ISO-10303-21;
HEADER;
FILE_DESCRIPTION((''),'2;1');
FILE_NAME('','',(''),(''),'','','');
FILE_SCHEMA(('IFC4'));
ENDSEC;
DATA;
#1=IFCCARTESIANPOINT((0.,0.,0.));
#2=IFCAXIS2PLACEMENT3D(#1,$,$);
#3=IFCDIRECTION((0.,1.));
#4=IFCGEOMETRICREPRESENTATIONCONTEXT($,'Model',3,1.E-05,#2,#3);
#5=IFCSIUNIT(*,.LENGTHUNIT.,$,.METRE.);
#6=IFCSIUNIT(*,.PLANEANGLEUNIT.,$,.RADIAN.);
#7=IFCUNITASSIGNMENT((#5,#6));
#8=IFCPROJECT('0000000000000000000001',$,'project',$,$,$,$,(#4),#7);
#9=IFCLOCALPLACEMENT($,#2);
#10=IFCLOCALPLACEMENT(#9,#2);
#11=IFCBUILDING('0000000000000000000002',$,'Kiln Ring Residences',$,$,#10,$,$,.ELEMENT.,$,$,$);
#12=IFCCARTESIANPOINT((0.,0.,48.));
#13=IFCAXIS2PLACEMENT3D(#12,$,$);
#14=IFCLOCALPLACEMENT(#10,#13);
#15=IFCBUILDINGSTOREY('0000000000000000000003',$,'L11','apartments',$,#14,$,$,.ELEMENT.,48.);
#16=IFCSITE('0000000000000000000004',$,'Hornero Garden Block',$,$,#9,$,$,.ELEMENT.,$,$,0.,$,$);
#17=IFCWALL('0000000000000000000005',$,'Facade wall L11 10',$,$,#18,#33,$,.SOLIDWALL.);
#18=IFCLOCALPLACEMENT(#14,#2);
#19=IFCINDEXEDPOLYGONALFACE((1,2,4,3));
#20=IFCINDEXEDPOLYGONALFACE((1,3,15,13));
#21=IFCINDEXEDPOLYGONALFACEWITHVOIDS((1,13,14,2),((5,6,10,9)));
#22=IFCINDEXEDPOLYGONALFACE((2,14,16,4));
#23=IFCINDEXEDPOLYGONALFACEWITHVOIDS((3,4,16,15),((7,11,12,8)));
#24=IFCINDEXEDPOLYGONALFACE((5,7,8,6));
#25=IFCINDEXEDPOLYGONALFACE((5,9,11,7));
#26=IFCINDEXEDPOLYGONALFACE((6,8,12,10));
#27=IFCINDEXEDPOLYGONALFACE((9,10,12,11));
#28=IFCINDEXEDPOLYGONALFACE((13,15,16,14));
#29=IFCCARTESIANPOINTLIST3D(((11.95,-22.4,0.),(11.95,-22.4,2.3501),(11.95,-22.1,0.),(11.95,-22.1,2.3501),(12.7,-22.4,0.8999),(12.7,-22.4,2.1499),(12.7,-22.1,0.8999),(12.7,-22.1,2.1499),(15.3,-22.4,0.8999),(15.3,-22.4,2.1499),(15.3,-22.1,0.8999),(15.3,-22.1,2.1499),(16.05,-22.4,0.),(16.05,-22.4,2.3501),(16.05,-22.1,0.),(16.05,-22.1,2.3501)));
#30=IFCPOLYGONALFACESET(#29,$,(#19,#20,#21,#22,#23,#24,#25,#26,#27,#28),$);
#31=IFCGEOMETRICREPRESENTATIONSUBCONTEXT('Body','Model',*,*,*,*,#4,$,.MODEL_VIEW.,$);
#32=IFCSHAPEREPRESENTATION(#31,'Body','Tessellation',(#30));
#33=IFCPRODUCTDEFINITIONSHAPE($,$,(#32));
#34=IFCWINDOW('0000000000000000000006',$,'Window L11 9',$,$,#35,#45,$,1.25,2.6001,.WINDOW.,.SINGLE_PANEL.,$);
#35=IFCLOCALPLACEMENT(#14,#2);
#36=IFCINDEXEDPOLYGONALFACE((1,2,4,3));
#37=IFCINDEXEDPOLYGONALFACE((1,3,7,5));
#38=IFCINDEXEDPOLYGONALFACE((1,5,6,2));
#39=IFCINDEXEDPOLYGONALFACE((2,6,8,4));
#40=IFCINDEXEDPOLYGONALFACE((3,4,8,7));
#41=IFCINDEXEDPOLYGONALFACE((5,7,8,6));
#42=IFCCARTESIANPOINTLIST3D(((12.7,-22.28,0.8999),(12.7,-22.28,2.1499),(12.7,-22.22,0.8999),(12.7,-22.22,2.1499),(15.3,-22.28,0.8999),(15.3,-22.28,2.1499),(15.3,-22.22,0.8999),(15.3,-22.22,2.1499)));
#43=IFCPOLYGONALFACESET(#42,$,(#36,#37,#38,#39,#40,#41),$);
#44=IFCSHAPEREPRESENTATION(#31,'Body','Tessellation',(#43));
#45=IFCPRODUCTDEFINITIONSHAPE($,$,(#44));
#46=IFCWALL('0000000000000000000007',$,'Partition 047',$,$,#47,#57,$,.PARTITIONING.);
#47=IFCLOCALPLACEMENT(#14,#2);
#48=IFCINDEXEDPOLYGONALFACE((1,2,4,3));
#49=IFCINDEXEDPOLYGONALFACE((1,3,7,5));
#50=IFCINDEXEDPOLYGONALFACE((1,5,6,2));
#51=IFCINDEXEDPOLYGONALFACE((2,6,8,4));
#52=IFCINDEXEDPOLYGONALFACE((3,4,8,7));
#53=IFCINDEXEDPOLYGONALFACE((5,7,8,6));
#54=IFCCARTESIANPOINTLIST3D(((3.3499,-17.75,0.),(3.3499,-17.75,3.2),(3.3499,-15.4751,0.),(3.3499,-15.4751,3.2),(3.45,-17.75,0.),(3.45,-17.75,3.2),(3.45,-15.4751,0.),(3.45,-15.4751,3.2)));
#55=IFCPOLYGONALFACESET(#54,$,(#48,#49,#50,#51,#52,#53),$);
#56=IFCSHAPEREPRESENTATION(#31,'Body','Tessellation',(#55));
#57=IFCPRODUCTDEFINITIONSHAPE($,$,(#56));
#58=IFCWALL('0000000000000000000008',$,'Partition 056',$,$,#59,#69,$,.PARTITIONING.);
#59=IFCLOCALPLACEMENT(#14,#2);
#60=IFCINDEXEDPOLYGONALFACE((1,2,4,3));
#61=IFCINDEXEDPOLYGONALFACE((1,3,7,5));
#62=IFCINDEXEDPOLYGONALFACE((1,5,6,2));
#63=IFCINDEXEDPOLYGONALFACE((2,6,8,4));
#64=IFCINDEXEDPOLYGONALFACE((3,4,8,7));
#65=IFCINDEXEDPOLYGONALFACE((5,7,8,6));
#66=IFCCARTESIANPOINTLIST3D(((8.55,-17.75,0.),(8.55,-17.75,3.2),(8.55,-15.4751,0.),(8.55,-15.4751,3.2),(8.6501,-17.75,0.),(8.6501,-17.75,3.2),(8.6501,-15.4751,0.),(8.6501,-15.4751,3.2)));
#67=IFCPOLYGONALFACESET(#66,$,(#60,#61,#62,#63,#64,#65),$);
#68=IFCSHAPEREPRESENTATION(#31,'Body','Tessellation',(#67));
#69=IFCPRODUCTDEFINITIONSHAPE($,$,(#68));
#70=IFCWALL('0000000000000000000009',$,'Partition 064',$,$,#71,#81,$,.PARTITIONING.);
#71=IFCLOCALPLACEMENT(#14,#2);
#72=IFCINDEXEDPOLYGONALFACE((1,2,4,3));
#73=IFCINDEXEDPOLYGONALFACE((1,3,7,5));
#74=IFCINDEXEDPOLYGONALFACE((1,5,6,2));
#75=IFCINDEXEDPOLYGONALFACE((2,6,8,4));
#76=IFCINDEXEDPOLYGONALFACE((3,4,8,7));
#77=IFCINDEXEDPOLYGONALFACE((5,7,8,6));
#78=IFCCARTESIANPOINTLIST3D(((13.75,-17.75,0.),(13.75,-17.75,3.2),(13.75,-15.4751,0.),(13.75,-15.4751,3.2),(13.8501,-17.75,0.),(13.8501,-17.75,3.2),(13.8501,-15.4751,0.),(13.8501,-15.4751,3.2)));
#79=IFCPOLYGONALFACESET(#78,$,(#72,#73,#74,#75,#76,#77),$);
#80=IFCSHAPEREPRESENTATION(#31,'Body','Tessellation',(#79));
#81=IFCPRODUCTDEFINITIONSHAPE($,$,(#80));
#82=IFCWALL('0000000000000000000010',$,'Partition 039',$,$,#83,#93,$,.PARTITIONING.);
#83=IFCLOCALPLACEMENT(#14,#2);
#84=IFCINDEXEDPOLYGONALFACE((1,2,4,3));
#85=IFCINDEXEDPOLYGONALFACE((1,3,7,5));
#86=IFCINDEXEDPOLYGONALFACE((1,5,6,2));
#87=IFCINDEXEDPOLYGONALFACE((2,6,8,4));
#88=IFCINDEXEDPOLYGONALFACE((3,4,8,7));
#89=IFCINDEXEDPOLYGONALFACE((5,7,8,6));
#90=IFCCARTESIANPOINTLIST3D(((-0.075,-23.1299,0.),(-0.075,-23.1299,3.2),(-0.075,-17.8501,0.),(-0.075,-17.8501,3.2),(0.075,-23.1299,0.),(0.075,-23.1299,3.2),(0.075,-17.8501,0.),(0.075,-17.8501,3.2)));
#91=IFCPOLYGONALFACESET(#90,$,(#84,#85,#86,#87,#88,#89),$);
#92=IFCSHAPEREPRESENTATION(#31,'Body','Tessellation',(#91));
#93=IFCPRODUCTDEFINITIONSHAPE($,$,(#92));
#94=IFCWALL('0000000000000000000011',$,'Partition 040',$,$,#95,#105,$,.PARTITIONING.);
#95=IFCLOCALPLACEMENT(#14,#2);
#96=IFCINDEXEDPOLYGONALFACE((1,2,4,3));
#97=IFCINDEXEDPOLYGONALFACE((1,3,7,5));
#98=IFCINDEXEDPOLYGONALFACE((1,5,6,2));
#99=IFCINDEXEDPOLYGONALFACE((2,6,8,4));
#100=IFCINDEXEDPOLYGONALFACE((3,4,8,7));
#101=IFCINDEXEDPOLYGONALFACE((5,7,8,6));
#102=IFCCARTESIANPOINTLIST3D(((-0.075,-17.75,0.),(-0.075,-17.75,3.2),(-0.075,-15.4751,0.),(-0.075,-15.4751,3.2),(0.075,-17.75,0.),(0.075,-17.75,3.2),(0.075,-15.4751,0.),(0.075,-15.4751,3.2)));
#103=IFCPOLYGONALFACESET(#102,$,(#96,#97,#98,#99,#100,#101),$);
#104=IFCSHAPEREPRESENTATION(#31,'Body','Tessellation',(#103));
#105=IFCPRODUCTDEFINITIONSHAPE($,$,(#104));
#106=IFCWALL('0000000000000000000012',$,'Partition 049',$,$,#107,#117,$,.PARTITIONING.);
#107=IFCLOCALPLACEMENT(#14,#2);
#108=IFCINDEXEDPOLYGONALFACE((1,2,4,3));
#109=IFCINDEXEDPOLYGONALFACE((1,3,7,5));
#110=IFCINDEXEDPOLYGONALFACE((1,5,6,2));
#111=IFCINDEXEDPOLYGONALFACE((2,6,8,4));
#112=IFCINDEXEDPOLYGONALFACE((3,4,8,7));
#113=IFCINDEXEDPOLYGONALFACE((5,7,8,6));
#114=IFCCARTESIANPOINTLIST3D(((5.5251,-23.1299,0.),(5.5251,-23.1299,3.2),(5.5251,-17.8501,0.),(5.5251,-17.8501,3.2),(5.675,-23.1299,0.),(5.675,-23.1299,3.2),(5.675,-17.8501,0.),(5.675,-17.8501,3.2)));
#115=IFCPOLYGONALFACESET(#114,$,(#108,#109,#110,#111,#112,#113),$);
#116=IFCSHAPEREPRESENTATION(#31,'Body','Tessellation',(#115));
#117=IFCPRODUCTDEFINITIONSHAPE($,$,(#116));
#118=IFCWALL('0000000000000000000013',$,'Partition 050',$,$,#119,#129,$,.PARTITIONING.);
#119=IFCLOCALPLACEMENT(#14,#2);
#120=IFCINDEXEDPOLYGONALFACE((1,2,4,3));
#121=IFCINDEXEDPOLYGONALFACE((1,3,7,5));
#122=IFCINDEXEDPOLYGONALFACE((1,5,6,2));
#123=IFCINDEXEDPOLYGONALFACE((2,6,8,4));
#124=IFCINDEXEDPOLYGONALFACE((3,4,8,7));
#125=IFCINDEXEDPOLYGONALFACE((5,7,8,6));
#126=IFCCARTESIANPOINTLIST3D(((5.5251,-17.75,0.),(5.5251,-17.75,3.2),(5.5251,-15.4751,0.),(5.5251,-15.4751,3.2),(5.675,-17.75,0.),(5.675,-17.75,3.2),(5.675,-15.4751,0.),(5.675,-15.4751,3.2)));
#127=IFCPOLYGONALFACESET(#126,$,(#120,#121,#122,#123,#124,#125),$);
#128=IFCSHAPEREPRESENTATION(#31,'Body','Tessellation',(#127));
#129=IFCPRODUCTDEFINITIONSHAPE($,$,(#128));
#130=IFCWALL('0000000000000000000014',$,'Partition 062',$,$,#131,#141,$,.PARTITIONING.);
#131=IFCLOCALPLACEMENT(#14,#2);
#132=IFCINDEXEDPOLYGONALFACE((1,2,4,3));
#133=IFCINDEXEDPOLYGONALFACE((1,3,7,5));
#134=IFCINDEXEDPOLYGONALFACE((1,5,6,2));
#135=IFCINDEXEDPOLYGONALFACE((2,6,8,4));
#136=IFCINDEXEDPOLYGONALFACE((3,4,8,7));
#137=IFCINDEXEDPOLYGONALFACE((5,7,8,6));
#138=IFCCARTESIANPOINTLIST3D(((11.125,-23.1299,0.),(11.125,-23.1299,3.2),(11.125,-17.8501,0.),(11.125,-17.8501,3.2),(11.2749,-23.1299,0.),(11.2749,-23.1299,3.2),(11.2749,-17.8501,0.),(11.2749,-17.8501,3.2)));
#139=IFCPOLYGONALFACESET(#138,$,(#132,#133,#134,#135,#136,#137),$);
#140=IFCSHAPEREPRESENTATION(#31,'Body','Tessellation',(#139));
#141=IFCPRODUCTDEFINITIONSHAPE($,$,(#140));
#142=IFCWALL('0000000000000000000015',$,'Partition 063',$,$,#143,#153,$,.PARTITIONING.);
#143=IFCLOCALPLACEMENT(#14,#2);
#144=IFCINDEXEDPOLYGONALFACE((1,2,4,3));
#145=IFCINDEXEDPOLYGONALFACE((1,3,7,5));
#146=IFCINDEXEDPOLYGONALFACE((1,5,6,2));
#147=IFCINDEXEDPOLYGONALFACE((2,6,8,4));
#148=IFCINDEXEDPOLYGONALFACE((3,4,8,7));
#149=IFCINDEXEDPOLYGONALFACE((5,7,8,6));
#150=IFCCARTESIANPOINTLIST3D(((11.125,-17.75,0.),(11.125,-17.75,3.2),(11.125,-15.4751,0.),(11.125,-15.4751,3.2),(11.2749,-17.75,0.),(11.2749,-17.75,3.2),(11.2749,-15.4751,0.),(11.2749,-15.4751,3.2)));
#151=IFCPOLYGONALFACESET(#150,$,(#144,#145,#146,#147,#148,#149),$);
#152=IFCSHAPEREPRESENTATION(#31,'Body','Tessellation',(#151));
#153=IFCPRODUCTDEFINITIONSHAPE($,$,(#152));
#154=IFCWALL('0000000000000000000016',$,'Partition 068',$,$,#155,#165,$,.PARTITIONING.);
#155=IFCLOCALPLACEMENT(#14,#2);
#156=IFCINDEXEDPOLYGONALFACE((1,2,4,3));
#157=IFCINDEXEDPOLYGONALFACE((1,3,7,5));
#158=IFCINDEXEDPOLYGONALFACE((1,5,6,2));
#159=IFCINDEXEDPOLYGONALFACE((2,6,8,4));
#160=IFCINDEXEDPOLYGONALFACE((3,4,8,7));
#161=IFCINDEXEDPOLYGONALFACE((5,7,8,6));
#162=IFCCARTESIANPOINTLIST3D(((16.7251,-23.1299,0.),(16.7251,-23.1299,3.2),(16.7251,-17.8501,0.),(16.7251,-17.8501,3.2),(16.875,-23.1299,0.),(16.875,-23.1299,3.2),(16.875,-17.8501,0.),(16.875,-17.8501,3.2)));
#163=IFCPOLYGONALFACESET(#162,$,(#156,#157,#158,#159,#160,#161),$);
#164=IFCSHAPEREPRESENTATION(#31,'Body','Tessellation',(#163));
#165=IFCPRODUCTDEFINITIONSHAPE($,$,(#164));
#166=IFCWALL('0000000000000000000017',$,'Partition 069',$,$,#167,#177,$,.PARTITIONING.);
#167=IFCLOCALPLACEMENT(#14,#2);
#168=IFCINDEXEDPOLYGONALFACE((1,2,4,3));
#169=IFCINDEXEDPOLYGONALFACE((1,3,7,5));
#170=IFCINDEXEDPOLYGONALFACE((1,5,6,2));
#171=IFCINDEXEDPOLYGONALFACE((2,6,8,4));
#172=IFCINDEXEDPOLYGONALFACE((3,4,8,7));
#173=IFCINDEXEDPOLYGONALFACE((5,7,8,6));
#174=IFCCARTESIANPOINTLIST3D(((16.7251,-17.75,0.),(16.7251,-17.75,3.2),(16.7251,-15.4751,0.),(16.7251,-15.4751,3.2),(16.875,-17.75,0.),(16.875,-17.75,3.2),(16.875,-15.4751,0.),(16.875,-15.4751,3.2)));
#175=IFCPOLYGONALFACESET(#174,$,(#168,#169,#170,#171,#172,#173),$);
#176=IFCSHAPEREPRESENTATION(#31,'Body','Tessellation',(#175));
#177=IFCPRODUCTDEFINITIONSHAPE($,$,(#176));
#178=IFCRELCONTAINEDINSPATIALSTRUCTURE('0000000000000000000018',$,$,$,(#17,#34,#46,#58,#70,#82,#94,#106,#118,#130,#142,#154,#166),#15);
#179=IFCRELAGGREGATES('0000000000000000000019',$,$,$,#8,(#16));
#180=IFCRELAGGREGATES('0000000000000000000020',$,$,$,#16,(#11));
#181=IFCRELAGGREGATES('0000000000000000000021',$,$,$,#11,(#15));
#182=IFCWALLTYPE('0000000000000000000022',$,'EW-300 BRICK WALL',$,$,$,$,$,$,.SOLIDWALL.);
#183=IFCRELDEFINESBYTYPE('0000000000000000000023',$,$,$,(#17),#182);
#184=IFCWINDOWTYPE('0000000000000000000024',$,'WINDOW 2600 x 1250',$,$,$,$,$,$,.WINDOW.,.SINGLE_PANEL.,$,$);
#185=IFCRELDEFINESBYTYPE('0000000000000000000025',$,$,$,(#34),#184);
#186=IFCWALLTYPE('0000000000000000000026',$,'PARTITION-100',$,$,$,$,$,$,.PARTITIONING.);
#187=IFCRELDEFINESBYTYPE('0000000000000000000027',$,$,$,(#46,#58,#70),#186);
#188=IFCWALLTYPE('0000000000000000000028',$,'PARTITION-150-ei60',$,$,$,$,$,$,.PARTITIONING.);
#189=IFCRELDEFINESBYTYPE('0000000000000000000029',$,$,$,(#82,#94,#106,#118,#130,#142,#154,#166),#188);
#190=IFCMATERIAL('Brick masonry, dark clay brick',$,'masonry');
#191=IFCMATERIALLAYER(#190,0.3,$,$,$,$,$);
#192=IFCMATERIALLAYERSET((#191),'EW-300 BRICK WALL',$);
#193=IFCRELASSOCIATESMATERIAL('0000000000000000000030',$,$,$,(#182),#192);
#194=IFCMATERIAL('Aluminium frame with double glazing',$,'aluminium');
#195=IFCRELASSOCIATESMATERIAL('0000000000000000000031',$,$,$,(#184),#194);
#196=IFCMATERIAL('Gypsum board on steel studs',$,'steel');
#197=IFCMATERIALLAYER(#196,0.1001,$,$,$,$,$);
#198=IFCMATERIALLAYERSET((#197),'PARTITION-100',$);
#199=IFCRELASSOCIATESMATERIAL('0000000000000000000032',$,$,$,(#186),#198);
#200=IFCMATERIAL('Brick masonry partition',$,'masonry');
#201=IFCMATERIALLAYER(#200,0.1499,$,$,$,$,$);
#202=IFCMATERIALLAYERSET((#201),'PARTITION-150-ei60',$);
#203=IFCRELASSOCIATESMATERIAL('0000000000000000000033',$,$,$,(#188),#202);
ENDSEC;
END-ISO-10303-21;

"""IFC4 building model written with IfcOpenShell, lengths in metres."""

from ifc_helpers import new_model, si_unit, direction, frame, frame_2d, origin, place, context, subcontext, project, spatial, rectangle, extrude, material, layer, layer_set, type_object, element, fill, save


model = new_model("IFC4")

# Units and contexts
model_context = context("Model", 3, precision=1e-05, world=origin(), true_north=direction((0.0, 1.0)))
body_context = subcontext(model_context, "Body", "Model", "MODEL_VIEW")
ifc_project = project(units=[si_unit("LENGTHUNIT", "METRE"), si_unit("PLANEANGLEUNIT", "RADIAN")], contexts=[model_context])

# Site, building, storey
site_placement = place(None, origin())
site = spatial("IfcSite", under=ifc_project, at=site_placement, Name="Hornero Garden Block", CompositionType="ELEMENT", RefElevation=0.0)
building_placement = place(site_placement, origin())
building = spatial("IfcBuilding", under=site, at=building_placement, Name="Kiln Ring Residences", CompositionType="ELEMENT")
storey_placement = place(building_placement, frame((0.0, 0.0, 48.0)))
storey = spatial("IfcBuildingStorey", under=building, at=storey_placement, Name="L11", Description="apartments", CompositionType="ELEMENT", Elevation=48.0)

# Wall, opening, window
ifc_material_1 = material(Name="Brick masonry, dark clay brick", Category="masonry")
ifc_layer_1 = layer(ifc_material_1, 0.3)
ifc_layer_set_1 = layer_set([ifc_layer_1], Name="EW-300 BRICK WALL")
wall_type_1 = type_object("IfcWallType", Name="EW-300 BRICK WALL", PredefinedType="SOLIDWALL", material=ifc_layer_set_1)
ifc_material_2 = material(Name="Aluminium frame with double glazing", Category="aluminium")
window_type_1 = type_object("IfcWindowType", Name="WINDOW 2600 x 1250", PartitioningType="SINGLE_PANEL", PredefinedType="WINDOW", material=ifc_material_2)
wall_1_placement = place(storey_placement, frame((11.95, -22.25, 0.0), z_axis=(0.0, 0.0, 1.0), x_axis=(1.0, 0.0, 0.0)))
wall_1 = element("IfcWall", 1, at=wall_1_placement, inside=storey, type_object=wall_type_1, Name="Facade wall L11 10", PredefinedType="SOLIDWALL", context=body_context, shape_type="SweptSolid", body=[
    extrude(rectangle(XDim=4.1001, YDim=0.3, at=frame_2d((2.05, 0.0))), origin(), (0.0, 0.0, 1.0), 2.3501),
])
opening_1_placement = place(wall_1_placement, frame((0.75, 0.0, 0.8999)))
opening_1 = element("IfcOpeningElement", 2, at=opening_1_placement, cuts=wall_1, PredefinedType="OPENING", context=body_context, shape_type="SweptSolid", body=[
    extrude(rectangle(XDim=2.6001, YDim=1.25, at=frame_2d((1.3, 0.625))), frame((0.0, 0.1599, 0.0), z_axis=(0.0, -1.0, 0.0), x_axis=(1.0, 0.0, 0.0)), (0.0, 0.0, 1.0), 0.3201),
])
window_1_placement = place(opening_1_placement, origin())
window_1 = element("IfcWindow", 3, at=window_1_placement, inside=storey, type_object=window_type_1, Name="Window L11 9", OverallHeight=1.25, OverallWidth=2.6001, PartitioningType="SINGLE_PANEL", PredefinedType="WINDOW", context=body_context, shape_type="SweptSolid", body=[
    extrude(rectangle(XDim=2.6001, YDim=1.25, at=frame_2d((1.3, 0.625))), frame((0.0, 0.03, 0.0), z_axis=(0.0, -1.0, 0.0), x_axis=(1.0, 0.0, 0.0)), (0.0, 0.0, 1.0), 0.0601),
])
fill(opening_1, window_1)

# Walls
ifc_material_3 = material(Name="Gypsum board on steel studs", Category="steel")
ifc_layer_2 = layer(ifc_material_3, 0.1001)
ifc_layer_set_2 = layer_set([ifc_layer_2], Name="PARTITION-100")
wall_type_2 = type_object("IfcWallType", Name="PARTITION-100", PredefinedType="PARTITIONING", material=ifc_layer_set_2)
for number, where, z_axis, x_axis, name in (
    (4, (3.3999, -17.75, 0.0), (0.0, 0.0, 1.0), (0.0, 1.0, 0.0), "Partition 047"),
    (5, (8.6001, -17.75, 0.0), (0.0, 0.0, 1.0), (0.0, 1.0, 0.0), "Partition 056"),
    (6, (13.8, -17.75, 0.0), (0.0, 0.0, 1.0), (0.0, 1.0, 0.0), "Partition 064"),
):
    element("IfcWall", number, at=place(storey_placement, frame(where, z_axis=z_axis, x_axis=x_axis)), inside=storey, type_object=wall_type_2, Name=name, PredefinedType="PARTITIONING", context=body_context, shape_type="SweptSolid", body=[
        extrude(rectangle(XDim=2.2749, YDim=0.1001, at=frame_2d((1.1375, 0.0))), origin(), (0.0, 0.0, 1.0), 3.2),
    ])
ifc_material_4 = material(Name="Brick masonry partition", Category="masonry")
ifc_layer_3 = layer(ifc_material_4, 0.1499)
ifc_layer_set_3 = layer_set([ifc_layer_3], Name="PARTITION-150-ei60")
wall_type_3 = type_object("IfcWallType", Name="PARTITION-150-ei60", PredefinedType="PARTITIONING", material=ifc_layer_set_3)
wall_2_placement = place(storey_placement, frame((0.0, -23.1299, 0.0), z_axis=(0.0, 0.0, 1.0), x_axis=(0.0, 1.0, 0.0)))
element("IfcWall", 7, at=wall_2_placement, inside=storey, type_object=wall_type_3, Name="Partition 039", PredefinedType="PARTITIONING", context=body_context, shape_type="SweptSolid", body=[
    extrude(rectangle(XDim=5.2798, YDim=0.1499, at=frame_2d((2.6399, 0.0))), origin(), (0.0, 0.0, 1.0), 3.2),
])
wall_3_placement = place(storey_placement, frame((0.0, -17.75, 0.0), z_axis=(0.0, 0.0, 1.0), x_axis=(0.0, 1.0, 0.0)))
element("IfcWall", 8, at=wall_3_placement, inside=storey, type_object=wall_type_3, Name="Partition 040", PredefinedType="PARTITIONING", context=body_context, shape_type="SweptSolid", body=[
    extrude(rectangle(XDim=2.2749, YDim=0.1499, at=frame_2d((1.1375, 0.0))), origin(), (0.0, 0.0, 1.0), 3.2),
])
wall_4_placement = place(storey_placement, frame((5.6001, -23.1299, 0.0), z_axis=(0.0, 0.0, 1.0), x_axis=(0.0, 1.0, 0.0)))
element("IfcWall", 9, at=wall_4_placement, inside=storey, type_object=wall_type_3, Name="Partition 049", PredefinedType="PARTITIONING", context=body_context, shape_type="SweptSolid", body=[
    extrude(rectangle(XDim=5.2798, YDim=0.1499, at=frame_2d((2.6399, 0.0))), origin(), (0.0, 0.0, 1.0), 3.2),
])
wall_5_placement = place(storey_placement, frame((5.6001, -17.75, 0.0), z_axis=(0.0, 0.0, 1.0), x_axis=(0.0, 1.0, 0.0)))
element("IfcWall", 10, at=wall_5_placement, inside=storey, type_object=wall_type_3, Name="Partition 050", PredefinedType="PARTITIONING", context=body_context, shape_type="SweptSolid", body=[
    extrude(rectangle(XDim=2.2749, YDim=0.1499, at=frame_2d((1.1375, 0.0))), origin(), (0.0, 0.0, 1.0), 3.2),
])
wall_6_placement = place(storey_placement, frame((11.2, -23.1299, 0.0), z_axis=(0.0, 0.0, 1.0), x_axis=(0.0, 1.0, 0.0)))
element("IfcWall", 11, at=wall_6_placement, inside=storey, type_object=wall_type_3, Name="Partition 062", PredefinedType="PARTITIONING", context=body_context, shape_type="SweptSolid", body=[
    extrude(rectangle(XDim=5.2798, YDim=0.1499, at=frame_2d((2.6399, 0.0))), origin(), (0.0, 0.0, 1.0), 3.2),
])
wall_7_placement = place(storey_placement, frame((11.2, -17.75, 0.0), z_axis=(0.0, 0.0, 1.0), x_axis=(0.0, 1.0, 0.0)))
element("IfcWall", 12, at=wall_7_placement, inside=storey, type_object=wall_type_3, Name="Partition 063", PredefinedType="PARTITIONING", context=body_context, shape_type="SweptSolid", body=[
    extrude(rectangle(XDim=2.2749, YDim=0.1499, at=frame_2d((1.1375, 0.0))), origin(), (0.0, 0.0, 1.0), 3.2),
])
wall_8_placement = place(storey_placement, frame((16.8, -23.1299, 0.0), z_axis=(0.0, 0.0, 1.0), x_axis=(0.0, 1.0, 0.0)))
element("IfcWall", 13, at=wall_8_placement, inside=storey, type_object=wall_type_3, Name="Partition 068", PredefinedType="PARTITIONING", context=body_context, shape_type="SweptSolid", body=[
    extrude(rectangle(XDim=5.2798, YDim=0.1499, at=frame_2d((2.6399, 0.0))), origin(), (0.0, 0.0, 1.0), 3.2),
])
wall_9_placement = place(storey_placement, frame((16.8, -17.75, 0.0), z_axis=(0.0, 0.0, 1.0), x_axis=(0.0, 1.0, 0.0)))
element("IfcWall", 14, at=wall_9_placement, inside=storey, type_object=wall_type_3, Name="Partition 069", PredefinedType="PARTITIONING", context=body_context, shape_type="SweptSolid", body=[
    extrude(rectangle(XDim=2.2749, YDim=0.1499, at=frame_2d((1.1375, 0.0))), origin(), (0.0, 0.0, 1.0), 3.2),
])

save(model, "model.ifc")
